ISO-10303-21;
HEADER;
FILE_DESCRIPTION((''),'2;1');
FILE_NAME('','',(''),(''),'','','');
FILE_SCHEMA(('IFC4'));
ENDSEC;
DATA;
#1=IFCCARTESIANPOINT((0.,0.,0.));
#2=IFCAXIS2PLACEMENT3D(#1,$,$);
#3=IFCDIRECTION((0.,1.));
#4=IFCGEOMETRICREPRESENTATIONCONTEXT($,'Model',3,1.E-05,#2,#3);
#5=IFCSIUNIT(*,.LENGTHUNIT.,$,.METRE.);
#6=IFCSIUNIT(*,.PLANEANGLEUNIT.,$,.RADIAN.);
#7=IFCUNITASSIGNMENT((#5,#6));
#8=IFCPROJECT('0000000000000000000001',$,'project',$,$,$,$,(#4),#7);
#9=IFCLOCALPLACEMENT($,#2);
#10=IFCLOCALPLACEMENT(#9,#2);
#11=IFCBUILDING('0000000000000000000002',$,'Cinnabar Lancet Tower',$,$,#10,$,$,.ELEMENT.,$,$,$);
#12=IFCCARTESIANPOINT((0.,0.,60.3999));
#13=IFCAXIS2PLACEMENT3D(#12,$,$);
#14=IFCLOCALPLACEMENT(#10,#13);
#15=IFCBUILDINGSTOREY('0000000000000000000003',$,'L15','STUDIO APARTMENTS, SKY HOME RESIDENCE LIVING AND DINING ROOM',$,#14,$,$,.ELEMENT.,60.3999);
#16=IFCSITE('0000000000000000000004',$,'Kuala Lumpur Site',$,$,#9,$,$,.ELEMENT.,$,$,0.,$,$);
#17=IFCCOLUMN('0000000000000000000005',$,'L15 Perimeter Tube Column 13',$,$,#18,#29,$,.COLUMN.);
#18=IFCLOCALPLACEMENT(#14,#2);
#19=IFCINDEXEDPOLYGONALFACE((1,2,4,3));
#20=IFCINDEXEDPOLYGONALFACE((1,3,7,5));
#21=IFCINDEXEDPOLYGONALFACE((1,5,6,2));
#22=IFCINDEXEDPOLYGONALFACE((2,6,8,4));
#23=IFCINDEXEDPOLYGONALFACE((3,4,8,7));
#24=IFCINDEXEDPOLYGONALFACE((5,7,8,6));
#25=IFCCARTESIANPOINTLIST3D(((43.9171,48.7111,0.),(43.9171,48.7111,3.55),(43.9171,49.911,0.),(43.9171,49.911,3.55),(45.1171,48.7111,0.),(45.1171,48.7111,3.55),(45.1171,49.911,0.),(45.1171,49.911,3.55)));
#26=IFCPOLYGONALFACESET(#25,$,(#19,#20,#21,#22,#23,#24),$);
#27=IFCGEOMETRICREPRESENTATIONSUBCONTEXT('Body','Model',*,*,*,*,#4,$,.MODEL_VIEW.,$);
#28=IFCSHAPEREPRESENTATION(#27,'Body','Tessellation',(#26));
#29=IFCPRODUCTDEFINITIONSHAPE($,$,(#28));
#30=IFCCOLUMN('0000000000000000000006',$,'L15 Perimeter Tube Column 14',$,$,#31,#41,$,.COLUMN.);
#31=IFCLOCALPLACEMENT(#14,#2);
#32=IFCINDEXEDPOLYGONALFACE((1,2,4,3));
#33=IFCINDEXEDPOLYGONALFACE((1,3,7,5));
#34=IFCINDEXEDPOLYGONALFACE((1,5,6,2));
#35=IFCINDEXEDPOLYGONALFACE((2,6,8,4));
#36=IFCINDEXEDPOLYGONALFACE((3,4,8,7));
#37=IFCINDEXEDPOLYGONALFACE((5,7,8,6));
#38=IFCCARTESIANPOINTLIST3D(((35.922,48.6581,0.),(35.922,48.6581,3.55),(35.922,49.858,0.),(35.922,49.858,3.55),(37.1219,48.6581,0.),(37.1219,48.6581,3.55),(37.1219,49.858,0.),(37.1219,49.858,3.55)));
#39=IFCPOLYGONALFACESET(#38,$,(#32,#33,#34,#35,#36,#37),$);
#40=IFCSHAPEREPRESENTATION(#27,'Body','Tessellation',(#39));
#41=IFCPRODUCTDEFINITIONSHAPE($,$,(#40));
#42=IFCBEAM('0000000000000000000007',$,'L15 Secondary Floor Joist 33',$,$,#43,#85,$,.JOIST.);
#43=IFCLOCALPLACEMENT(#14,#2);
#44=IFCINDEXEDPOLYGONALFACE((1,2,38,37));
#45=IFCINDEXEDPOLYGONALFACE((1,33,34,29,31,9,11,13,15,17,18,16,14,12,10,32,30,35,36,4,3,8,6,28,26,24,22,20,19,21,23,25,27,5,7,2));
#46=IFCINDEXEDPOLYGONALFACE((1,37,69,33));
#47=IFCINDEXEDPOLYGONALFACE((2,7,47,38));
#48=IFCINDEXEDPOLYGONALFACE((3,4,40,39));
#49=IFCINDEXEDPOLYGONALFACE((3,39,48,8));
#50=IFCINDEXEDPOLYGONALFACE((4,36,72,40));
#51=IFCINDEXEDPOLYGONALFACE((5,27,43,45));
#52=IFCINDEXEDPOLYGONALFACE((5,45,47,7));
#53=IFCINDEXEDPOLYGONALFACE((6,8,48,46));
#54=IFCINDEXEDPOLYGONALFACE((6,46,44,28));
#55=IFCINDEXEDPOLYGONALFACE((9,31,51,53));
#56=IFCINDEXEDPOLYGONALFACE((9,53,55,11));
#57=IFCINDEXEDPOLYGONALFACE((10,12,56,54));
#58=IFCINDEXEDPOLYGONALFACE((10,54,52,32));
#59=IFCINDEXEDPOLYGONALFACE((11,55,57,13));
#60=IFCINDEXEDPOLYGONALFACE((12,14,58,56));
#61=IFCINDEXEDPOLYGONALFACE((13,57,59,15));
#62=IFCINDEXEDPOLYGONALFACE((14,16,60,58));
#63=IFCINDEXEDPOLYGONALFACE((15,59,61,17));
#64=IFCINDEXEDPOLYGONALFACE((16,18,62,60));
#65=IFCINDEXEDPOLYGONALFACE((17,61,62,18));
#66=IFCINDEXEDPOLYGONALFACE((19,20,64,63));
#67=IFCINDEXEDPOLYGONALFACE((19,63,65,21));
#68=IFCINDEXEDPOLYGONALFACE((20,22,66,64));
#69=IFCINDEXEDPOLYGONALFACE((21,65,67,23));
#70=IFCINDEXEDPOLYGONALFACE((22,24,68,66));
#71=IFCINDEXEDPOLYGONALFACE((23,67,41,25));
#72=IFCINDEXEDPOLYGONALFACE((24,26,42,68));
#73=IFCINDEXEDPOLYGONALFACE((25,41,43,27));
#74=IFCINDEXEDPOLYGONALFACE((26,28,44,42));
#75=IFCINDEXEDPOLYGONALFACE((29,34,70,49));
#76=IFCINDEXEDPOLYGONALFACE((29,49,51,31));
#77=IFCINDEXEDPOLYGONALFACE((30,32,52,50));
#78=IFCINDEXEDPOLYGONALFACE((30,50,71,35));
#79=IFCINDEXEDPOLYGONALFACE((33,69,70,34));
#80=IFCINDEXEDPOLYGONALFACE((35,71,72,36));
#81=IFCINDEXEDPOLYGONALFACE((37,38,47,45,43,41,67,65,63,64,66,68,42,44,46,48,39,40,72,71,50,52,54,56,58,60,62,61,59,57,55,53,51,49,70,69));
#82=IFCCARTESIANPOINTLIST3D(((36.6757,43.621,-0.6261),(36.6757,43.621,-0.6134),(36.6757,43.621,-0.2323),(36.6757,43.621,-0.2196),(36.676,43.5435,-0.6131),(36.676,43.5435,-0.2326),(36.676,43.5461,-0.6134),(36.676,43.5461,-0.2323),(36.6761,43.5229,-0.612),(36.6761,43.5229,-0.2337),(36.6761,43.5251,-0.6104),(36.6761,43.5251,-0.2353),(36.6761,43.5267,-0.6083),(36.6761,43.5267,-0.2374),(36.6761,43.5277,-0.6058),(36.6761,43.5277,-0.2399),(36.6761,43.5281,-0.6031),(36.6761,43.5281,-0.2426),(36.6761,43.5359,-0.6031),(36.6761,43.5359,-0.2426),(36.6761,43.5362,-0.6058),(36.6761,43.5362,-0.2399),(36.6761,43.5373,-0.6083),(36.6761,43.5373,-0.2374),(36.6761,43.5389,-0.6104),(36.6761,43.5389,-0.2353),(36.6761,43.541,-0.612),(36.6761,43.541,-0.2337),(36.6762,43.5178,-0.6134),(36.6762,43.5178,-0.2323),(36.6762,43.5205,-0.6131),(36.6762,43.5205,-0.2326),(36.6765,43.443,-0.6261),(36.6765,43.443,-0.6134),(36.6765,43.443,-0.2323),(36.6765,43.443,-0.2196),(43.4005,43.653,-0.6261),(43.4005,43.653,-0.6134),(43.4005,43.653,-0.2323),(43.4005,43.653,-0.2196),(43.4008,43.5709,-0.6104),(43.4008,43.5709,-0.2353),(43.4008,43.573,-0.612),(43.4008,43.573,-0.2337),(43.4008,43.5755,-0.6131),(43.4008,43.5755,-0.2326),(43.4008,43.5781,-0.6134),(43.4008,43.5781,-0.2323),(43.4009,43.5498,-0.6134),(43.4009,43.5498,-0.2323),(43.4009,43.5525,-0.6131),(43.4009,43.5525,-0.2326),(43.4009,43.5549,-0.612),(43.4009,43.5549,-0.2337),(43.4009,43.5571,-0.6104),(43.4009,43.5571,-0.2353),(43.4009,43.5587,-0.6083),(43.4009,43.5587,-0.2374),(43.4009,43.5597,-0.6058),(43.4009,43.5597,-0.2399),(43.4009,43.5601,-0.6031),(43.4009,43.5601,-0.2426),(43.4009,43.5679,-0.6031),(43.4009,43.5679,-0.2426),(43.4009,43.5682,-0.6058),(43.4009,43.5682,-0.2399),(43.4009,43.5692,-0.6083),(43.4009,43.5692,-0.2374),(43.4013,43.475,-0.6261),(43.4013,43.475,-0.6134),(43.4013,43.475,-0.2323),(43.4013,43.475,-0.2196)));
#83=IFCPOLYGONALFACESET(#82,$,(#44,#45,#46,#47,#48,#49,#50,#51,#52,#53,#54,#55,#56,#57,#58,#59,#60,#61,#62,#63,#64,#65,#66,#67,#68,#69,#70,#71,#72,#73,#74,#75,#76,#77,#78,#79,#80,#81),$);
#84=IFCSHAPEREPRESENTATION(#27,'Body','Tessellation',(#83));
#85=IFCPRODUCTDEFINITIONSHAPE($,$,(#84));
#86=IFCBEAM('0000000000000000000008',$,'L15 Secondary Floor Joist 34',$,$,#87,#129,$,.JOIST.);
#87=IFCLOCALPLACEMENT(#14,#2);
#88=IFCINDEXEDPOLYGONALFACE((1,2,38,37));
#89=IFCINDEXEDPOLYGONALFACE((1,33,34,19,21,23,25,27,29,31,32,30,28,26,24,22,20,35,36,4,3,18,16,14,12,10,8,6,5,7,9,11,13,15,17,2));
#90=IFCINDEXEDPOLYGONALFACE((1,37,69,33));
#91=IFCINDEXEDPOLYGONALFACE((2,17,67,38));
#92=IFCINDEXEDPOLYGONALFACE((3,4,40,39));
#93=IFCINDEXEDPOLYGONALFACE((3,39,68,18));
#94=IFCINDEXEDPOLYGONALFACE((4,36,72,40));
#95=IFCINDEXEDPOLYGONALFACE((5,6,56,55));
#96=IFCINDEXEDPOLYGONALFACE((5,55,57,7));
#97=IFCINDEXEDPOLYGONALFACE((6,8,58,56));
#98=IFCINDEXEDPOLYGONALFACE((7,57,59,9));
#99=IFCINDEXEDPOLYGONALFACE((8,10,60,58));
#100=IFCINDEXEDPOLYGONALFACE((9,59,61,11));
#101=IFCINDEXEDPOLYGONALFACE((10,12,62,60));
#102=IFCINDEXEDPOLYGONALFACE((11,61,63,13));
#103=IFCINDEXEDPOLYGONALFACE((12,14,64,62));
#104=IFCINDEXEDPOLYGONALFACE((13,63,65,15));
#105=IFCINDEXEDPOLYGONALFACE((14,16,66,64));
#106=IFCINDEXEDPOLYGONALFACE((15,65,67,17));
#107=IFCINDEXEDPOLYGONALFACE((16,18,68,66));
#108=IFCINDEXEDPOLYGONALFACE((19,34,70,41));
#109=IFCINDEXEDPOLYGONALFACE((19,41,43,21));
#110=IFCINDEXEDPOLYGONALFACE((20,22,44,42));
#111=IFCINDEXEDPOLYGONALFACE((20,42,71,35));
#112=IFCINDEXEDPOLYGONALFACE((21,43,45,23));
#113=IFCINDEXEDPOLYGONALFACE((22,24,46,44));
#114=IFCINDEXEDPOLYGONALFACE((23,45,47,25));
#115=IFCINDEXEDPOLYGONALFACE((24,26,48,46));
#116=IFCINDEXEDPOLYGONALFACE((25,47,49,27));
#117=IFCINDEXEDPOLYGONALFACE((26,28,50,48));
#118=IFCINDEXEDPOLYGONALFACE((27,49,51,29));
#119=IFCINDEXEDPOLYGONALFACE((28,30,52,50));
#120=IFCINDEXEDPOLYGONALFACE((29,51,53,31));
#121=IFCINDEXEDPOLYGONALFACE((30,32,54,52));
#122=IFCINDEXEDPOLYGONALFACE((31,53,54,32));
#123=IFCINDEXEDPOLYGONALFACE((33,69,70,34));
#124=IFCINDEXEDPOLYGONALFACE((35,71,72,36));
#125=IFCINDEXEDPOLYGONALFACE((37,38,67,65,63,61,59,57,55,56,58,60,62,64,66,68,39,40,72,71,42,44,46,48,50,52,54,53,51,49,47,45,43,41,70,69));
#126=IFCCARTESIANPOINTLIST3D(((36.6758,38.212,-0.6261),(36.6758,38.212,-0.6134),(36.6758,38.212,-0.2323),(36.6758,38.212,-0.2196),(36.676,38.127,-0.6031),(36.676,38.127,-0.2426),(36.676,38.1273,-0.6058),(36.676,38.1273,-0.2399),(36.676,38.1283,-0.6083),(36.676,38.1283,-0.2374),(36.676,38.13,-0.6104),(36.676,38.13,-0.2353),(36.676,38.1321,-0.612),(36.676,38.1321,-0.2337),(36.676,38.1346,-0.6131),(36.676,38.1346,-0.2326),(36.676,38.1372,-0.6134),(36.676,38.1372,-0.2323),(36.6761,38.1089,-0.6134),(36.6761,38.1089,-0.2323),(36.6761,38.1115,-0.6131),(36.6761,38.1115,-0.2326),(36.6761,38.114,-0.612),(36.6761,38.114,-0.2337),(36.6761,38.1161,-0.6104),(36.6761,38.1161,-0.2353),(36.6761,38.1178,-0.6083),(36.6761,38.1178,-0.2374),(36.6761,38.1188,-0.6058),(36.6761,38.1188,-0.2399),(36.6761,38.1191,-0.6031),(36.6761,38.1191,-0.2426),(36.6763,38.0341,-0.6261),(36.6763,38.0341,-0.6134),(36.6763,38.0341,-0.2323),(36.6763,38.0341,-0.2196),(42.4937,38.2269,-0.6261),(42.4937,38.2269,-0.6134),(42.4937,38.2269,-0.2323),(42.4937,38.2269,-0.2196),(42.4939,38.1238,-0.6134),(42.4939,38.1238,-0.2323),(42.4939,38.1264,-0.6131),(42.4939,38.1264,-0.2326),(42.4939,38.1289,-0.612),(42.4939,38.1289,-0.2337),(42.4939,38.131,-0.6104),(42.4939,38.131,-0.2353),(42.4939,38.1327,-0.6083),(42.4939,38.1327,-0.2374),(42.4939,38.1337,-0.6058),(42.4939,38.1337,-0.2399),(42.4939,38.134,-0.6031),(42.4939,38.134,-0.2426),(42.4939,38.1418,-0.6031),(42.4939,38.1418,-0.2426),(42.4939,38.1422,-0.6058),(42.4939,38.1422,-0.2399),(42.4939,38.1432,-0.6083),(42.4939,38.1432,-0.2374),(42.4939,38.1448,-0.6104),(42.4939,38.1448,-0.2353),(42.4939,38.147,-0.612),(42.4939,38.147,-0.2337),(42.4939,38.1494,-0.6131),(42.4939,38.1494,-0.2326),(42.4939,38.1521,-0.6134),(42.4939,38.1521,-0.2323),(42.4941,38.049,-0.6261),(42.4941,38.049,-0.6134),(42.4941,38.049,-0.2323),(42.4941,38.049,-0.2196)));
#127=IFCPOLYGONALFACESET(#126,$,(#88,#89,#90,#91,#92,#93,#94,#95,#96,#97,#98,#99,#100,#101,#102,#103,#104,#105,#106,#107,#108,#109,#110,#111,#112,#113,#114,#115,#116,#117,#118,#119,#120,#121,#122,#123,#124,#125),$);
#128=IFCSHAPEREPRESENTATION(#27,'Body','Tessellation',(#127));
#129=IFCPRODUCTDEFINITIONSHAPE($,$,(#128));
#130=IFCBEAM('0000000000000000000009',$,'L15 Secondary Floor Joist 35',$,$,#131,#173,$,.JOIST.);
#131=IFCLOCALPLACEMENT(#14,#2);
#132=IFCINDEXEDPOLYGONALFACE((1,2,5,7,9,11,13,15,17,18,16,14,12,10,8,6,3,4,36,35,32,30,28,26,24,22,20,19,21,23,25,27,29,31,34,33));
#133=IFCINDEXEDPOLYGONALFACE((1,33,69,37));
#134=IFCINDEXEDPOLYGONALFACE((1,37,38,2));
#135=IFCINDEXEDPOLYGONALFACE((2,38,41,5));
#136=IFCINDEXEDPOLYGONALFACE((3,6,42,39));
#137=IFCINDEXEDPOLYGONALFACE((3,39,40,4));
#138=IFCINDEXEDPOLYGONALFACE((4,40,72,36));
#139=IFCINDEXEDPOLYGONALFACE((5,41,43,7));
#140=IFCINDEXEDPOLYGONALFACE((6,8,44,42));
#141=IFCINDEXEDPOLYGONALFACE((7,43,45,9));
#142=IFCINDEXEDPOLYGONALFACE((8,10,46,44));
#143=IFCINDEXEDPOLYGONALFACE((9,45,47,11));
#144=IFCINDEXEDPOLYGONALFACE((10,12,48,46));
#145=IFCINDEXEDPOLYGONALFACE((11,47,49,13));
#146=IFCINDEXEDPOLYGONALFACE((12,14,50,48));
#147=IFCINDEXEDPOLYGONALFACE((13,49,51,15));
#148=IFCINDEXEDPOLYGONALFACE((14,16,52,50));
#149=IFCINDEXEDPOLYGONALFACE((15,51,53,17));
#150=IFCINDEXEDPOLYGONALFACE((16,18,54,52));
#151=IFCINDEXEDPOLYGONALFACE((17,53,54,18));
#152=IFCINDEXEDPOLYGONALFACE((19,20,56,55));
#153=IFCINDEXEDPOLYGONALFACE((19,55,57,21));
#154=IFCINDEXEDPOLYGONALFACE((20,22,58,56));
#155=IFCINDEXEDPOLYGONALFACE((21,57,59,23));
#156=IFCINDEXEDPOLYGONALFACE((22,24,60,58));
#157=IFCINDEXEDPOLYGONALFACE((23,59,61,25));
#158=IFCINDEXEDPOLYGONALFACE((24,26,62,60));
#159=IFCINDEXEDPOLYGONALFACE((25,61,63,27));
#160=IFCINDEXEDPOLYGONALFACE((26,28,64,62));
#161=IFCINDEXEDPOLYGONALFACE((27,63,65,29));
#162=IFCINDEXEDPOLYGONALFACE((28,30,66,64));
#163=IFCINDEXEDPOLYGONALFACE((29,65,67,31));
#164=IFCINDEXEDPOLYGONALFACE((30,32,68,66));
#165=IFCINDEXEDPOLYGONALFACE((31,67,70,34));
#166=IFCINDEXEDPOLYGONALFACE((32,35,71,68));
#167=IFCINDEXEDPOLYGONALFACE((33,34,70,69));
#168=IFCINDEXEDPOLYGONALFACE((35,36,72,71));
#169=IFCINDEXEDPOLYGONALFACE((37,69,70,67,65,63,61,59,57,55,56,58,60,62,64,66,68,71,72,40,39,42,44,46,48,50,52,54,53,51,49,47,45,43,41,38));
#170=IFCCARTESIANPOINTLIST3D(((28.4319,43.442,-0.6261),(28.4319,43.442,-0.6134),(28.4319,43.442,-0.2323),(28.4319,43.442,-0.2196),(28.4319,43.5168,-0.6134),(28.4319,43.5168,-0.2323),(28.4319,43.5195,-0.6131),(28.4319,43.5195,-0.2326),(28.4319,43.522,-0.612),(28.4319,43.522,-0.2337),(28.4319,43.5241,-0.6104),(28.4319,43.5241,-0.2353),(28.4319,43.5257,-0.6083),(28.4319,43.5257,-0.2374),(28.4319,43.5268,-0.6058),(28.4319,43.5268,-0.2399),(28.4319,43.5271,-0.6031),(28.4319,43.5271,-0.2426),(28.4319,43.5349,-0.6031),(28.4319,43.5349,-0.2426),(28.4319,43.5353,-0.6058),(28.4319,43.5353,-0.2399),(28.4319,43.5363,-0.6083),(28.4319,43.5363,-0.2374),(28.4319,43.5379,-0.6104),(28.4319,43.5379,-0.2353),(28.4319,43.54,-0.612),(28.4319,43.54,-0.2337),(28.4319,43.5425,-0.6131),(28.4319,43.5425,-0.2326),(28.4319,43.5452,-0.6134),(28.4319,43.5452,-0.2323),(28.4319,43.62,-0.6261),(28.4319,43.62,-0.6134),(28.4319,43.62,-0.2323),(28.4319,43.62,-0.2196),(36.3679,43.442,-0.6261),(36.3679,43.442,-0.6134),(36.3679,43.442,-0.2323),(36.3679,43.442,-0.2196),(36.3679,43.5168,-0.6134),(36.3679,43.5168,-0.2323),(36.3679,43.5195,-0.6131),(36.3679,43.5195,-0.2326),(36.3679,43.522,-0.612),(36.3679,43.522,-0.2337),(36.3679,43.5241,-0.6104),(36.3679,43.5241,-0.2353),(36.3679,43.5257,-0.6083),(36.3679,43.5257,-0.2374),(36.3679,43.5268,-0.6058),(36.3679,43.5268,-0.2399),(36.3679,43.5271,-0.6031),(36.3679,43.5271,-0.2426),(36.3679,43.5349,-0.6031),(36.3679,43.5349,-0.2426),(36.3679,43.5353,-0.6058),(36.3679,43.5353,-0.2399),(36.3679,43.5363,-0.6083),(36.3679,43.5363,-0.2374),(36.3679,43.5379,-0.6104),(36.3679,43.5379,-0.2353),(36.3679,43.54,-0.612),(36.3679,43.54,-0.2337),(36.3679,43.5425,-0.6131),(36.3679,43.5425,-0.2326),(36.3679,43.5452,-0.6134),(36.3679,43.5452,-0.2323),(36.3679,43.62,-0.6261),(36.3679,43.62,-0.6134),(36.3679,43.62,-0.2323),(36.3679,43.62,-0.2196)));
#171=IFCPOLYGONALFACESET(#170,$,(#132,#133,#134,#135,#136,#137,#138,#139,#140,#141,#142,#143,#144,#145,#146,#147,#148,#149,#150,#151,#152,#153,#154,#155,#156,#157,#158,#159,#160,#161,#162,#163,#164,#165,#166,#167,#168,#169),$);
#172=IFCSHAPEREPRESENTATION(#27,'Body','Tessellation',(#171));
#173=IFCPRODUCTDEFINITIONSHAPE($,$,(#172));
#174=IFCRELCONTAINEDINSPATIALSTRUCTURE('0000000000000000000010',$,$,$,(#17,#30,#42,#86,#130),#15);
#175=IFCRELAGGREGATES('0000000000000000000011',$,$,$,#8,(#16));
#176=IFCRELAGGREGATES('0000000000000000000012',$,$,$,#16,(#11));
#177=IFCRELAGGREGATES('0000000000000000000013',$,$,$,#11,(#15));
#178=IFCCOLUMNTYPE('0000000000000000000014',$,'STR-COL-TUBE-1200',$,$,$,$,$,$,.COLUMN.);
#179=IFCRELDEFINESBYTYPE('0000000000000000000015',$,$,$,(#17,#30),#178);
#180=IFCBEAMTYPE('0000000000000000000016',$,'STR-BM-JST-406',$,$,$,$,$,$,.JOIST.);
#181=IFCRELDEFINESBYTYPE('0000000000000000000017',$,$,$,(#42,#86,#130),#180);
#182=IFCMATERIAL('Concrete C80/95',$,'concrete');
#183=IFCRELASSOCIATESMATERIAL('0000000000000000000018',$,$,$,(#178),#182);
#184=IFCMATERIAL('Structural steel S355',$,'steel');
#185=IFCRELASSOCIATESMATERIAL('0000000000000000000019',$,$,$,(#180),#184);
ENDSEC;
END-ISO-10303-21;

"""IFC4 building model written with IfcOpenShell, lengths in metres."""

from ifc_helpers import new_model, si_unit, direction, frame, origin, origin_2d, place, context, subcontext, project, spatial, rectangle, i_section, extrude, material, material_profile, profile_set, type_object, element, save


model = new_model("IFC4")

# Units and contexts
model_context = context("Model", 3, precision=1e-05, world=origin(), true_north=direction((0.0, 1.0)))
body_context = subcontext(model_context, "Body", "Model", "MODEL_VIEW")
ifc_project = project(units=[si_unit("LENGTHUNIT", "METRE"), si_unit("PLANEANGLEUNIT", "RADIAN")], contexts=[model_context])

# Site, building, storey
site_placement = place(None, origin())
site = spatial("IfcSite", under=ifc_project, at=site_placement, Name="Kuala Lumpur Site", CompositionType="ELEMENT", RefElevation=0.0)
building_placement = place(site_placement, origin())
building = spatial("IfcBuilding", under=site, at=building_placement, Name="Cinnabar Lancet Tower", CompositionType="ELEMENT")
storey_placement = place(building_placement, frame((0.0, 0.0, 60.3999)))
storey = spatial("IfcBuildingStorey", under=building, at=storey_placement, Name="L15", Description="STUDIO APARTMENTS, SKY HOME RESIDENCE LIVING AND DINING ROOM", CompositionType="ELEMENT", Elevation=60.3999)

# Columns
ifc_material_1 = material(Name="Concrete C80/95", Category="concrete")
ifc_material_profile_1 = material_profile(ifc_material_1, rectangle(XDim=1.2, YDim=1.2, at=origin_2d()), Name="RC-COL 1200x1200")
ifc_profile_set_1 = profile_set([ifc_material_profile_1], Name="Concrete C80/95")
column_type = type_object("IfcColumnType", Name="STR-COL-TUBE-1200", PredefinedType="COLUMN", material=ifc_profile_set_1)
for number, where, z_axis, x_axis, name in (
    (1, (44.5171, 49.311, 0.0), (0.0, 0.0, 1.0), (1.0, 0.0, 0.0), "L15 Perimeter Tube Column 13"),
    (2, (36.522, 49.2581, 0.0), (0.0, 0.0, 1.0), (1.0, 0.0, 0.0), "L15 Perimeter Tube Column 14"),
):
    element("IfcColumn", number, at=place(storey_placement, frame(where, z_axis=z_axis, x_axis=x_axis)), inside=storey, type_object=column_type, Name=name, PredefinedType="COLUMN", context=body_context, shape_type="SweptSolid", body=[
        extrude(rectangle(XDim=1.2, YDim=1.2, at=origin_2d()), origin(), (0.0, 0.0, 1.0), 3.55),
    ])

# Beams
ifc_material_2 = material(Name="Structural steel S355", Category="steel")
ifc_material_profile_2 = material_profile(ifc_material_2, i_section(OverallWidth=0.178, OverallDepth=0.4065, WebThickness=0.0078, FlangeThickness=0.0127, FilletRadius=0.0103, at=origin_2d()), Name="UKB 406x178x60")
ifc_profile_set_2 = profile_set([ifc_material_profile_2], Name="Structural steel S355")
beam_type_1 = type_object("IfcBeamType", Name="STR-BM-JST-406", PredefinedType="JOIST", material=ifc_profile_set_2)
beam_1_placement = place(storey_placement, frame((43.4009, 43.564, -0.4229), z_axis=(-0.999989, -0.004756, 0.0), x_axis=(0.004756, -0.999989, 0.0)))
element("IfcBeam", 3, at=beam_1_placement, inside=storey, type_object=beam_type_1, Name="L15 Secondary Floor Joist 33", PredefinedType="JOIST", context=body_context, shape_type="SweptSolid", body=[
    extrude(i_section(OverallWidth=0.178, OverallDepth=0.4065, WebThickness=0.0078, FlangeThickness=0.0127, FilletRadius=0.0103, at=origin_2d()), origin(), (0.0, 0.0, 1.0), 6.7249),
])
beam_2_placement = place(storey_placement, frame((42.4939, 38.1379, -0.4229), z_axis=(-0.999997, -0.00256, 0.0), x_axis=(0.00256, -0.999997, 0.0)))
element("IfcBeam", 4, at=beam_2_placement, inside=storey, type_object=beam_type_1, Name="L15 Secondary Floor Joist 34", PredefinedType="JOIST", context=body_context, shape_type="SweptSolid", body=[
    extrude(i_section(OverallWidth=0.178, OverallDepth=0.4065, WebThickness=0.0078, FlangeThickness=0.0127, FilletRadius=0.0103, at=origin_2d()), origin(), (0.0, 0.0, 1.0), 5.8179),
])
for number, where, z_axis, x_axis, name in (
    (5, (36.3679, 43.531, -0.4229), (-1.0, 0.0, 0.0), (0.0, -1.0, 0.0), "L15 Secondary Floor Joist 35"),
):
    element("IfcBeam", number, at=place(storey_placement, frame(where, z_axis=z_axis, x_axis=x_axis)), inside=storey, type_object=beam_type_1, Name=name, PredefinedType="JOIST", context=body_context, shape_type="SweptSolid", body=[
        extrude(i_section(OverallWidth=0.178, OverallDepth=0.4065, WebThickness=0.0078, FlangeThickness=0.0127, FilletRadius=0.0103, at=origin_2d()), origin(), (0.0, 0.0, 1.0), 7.936),
    ])

save(model, "model.ifc")
